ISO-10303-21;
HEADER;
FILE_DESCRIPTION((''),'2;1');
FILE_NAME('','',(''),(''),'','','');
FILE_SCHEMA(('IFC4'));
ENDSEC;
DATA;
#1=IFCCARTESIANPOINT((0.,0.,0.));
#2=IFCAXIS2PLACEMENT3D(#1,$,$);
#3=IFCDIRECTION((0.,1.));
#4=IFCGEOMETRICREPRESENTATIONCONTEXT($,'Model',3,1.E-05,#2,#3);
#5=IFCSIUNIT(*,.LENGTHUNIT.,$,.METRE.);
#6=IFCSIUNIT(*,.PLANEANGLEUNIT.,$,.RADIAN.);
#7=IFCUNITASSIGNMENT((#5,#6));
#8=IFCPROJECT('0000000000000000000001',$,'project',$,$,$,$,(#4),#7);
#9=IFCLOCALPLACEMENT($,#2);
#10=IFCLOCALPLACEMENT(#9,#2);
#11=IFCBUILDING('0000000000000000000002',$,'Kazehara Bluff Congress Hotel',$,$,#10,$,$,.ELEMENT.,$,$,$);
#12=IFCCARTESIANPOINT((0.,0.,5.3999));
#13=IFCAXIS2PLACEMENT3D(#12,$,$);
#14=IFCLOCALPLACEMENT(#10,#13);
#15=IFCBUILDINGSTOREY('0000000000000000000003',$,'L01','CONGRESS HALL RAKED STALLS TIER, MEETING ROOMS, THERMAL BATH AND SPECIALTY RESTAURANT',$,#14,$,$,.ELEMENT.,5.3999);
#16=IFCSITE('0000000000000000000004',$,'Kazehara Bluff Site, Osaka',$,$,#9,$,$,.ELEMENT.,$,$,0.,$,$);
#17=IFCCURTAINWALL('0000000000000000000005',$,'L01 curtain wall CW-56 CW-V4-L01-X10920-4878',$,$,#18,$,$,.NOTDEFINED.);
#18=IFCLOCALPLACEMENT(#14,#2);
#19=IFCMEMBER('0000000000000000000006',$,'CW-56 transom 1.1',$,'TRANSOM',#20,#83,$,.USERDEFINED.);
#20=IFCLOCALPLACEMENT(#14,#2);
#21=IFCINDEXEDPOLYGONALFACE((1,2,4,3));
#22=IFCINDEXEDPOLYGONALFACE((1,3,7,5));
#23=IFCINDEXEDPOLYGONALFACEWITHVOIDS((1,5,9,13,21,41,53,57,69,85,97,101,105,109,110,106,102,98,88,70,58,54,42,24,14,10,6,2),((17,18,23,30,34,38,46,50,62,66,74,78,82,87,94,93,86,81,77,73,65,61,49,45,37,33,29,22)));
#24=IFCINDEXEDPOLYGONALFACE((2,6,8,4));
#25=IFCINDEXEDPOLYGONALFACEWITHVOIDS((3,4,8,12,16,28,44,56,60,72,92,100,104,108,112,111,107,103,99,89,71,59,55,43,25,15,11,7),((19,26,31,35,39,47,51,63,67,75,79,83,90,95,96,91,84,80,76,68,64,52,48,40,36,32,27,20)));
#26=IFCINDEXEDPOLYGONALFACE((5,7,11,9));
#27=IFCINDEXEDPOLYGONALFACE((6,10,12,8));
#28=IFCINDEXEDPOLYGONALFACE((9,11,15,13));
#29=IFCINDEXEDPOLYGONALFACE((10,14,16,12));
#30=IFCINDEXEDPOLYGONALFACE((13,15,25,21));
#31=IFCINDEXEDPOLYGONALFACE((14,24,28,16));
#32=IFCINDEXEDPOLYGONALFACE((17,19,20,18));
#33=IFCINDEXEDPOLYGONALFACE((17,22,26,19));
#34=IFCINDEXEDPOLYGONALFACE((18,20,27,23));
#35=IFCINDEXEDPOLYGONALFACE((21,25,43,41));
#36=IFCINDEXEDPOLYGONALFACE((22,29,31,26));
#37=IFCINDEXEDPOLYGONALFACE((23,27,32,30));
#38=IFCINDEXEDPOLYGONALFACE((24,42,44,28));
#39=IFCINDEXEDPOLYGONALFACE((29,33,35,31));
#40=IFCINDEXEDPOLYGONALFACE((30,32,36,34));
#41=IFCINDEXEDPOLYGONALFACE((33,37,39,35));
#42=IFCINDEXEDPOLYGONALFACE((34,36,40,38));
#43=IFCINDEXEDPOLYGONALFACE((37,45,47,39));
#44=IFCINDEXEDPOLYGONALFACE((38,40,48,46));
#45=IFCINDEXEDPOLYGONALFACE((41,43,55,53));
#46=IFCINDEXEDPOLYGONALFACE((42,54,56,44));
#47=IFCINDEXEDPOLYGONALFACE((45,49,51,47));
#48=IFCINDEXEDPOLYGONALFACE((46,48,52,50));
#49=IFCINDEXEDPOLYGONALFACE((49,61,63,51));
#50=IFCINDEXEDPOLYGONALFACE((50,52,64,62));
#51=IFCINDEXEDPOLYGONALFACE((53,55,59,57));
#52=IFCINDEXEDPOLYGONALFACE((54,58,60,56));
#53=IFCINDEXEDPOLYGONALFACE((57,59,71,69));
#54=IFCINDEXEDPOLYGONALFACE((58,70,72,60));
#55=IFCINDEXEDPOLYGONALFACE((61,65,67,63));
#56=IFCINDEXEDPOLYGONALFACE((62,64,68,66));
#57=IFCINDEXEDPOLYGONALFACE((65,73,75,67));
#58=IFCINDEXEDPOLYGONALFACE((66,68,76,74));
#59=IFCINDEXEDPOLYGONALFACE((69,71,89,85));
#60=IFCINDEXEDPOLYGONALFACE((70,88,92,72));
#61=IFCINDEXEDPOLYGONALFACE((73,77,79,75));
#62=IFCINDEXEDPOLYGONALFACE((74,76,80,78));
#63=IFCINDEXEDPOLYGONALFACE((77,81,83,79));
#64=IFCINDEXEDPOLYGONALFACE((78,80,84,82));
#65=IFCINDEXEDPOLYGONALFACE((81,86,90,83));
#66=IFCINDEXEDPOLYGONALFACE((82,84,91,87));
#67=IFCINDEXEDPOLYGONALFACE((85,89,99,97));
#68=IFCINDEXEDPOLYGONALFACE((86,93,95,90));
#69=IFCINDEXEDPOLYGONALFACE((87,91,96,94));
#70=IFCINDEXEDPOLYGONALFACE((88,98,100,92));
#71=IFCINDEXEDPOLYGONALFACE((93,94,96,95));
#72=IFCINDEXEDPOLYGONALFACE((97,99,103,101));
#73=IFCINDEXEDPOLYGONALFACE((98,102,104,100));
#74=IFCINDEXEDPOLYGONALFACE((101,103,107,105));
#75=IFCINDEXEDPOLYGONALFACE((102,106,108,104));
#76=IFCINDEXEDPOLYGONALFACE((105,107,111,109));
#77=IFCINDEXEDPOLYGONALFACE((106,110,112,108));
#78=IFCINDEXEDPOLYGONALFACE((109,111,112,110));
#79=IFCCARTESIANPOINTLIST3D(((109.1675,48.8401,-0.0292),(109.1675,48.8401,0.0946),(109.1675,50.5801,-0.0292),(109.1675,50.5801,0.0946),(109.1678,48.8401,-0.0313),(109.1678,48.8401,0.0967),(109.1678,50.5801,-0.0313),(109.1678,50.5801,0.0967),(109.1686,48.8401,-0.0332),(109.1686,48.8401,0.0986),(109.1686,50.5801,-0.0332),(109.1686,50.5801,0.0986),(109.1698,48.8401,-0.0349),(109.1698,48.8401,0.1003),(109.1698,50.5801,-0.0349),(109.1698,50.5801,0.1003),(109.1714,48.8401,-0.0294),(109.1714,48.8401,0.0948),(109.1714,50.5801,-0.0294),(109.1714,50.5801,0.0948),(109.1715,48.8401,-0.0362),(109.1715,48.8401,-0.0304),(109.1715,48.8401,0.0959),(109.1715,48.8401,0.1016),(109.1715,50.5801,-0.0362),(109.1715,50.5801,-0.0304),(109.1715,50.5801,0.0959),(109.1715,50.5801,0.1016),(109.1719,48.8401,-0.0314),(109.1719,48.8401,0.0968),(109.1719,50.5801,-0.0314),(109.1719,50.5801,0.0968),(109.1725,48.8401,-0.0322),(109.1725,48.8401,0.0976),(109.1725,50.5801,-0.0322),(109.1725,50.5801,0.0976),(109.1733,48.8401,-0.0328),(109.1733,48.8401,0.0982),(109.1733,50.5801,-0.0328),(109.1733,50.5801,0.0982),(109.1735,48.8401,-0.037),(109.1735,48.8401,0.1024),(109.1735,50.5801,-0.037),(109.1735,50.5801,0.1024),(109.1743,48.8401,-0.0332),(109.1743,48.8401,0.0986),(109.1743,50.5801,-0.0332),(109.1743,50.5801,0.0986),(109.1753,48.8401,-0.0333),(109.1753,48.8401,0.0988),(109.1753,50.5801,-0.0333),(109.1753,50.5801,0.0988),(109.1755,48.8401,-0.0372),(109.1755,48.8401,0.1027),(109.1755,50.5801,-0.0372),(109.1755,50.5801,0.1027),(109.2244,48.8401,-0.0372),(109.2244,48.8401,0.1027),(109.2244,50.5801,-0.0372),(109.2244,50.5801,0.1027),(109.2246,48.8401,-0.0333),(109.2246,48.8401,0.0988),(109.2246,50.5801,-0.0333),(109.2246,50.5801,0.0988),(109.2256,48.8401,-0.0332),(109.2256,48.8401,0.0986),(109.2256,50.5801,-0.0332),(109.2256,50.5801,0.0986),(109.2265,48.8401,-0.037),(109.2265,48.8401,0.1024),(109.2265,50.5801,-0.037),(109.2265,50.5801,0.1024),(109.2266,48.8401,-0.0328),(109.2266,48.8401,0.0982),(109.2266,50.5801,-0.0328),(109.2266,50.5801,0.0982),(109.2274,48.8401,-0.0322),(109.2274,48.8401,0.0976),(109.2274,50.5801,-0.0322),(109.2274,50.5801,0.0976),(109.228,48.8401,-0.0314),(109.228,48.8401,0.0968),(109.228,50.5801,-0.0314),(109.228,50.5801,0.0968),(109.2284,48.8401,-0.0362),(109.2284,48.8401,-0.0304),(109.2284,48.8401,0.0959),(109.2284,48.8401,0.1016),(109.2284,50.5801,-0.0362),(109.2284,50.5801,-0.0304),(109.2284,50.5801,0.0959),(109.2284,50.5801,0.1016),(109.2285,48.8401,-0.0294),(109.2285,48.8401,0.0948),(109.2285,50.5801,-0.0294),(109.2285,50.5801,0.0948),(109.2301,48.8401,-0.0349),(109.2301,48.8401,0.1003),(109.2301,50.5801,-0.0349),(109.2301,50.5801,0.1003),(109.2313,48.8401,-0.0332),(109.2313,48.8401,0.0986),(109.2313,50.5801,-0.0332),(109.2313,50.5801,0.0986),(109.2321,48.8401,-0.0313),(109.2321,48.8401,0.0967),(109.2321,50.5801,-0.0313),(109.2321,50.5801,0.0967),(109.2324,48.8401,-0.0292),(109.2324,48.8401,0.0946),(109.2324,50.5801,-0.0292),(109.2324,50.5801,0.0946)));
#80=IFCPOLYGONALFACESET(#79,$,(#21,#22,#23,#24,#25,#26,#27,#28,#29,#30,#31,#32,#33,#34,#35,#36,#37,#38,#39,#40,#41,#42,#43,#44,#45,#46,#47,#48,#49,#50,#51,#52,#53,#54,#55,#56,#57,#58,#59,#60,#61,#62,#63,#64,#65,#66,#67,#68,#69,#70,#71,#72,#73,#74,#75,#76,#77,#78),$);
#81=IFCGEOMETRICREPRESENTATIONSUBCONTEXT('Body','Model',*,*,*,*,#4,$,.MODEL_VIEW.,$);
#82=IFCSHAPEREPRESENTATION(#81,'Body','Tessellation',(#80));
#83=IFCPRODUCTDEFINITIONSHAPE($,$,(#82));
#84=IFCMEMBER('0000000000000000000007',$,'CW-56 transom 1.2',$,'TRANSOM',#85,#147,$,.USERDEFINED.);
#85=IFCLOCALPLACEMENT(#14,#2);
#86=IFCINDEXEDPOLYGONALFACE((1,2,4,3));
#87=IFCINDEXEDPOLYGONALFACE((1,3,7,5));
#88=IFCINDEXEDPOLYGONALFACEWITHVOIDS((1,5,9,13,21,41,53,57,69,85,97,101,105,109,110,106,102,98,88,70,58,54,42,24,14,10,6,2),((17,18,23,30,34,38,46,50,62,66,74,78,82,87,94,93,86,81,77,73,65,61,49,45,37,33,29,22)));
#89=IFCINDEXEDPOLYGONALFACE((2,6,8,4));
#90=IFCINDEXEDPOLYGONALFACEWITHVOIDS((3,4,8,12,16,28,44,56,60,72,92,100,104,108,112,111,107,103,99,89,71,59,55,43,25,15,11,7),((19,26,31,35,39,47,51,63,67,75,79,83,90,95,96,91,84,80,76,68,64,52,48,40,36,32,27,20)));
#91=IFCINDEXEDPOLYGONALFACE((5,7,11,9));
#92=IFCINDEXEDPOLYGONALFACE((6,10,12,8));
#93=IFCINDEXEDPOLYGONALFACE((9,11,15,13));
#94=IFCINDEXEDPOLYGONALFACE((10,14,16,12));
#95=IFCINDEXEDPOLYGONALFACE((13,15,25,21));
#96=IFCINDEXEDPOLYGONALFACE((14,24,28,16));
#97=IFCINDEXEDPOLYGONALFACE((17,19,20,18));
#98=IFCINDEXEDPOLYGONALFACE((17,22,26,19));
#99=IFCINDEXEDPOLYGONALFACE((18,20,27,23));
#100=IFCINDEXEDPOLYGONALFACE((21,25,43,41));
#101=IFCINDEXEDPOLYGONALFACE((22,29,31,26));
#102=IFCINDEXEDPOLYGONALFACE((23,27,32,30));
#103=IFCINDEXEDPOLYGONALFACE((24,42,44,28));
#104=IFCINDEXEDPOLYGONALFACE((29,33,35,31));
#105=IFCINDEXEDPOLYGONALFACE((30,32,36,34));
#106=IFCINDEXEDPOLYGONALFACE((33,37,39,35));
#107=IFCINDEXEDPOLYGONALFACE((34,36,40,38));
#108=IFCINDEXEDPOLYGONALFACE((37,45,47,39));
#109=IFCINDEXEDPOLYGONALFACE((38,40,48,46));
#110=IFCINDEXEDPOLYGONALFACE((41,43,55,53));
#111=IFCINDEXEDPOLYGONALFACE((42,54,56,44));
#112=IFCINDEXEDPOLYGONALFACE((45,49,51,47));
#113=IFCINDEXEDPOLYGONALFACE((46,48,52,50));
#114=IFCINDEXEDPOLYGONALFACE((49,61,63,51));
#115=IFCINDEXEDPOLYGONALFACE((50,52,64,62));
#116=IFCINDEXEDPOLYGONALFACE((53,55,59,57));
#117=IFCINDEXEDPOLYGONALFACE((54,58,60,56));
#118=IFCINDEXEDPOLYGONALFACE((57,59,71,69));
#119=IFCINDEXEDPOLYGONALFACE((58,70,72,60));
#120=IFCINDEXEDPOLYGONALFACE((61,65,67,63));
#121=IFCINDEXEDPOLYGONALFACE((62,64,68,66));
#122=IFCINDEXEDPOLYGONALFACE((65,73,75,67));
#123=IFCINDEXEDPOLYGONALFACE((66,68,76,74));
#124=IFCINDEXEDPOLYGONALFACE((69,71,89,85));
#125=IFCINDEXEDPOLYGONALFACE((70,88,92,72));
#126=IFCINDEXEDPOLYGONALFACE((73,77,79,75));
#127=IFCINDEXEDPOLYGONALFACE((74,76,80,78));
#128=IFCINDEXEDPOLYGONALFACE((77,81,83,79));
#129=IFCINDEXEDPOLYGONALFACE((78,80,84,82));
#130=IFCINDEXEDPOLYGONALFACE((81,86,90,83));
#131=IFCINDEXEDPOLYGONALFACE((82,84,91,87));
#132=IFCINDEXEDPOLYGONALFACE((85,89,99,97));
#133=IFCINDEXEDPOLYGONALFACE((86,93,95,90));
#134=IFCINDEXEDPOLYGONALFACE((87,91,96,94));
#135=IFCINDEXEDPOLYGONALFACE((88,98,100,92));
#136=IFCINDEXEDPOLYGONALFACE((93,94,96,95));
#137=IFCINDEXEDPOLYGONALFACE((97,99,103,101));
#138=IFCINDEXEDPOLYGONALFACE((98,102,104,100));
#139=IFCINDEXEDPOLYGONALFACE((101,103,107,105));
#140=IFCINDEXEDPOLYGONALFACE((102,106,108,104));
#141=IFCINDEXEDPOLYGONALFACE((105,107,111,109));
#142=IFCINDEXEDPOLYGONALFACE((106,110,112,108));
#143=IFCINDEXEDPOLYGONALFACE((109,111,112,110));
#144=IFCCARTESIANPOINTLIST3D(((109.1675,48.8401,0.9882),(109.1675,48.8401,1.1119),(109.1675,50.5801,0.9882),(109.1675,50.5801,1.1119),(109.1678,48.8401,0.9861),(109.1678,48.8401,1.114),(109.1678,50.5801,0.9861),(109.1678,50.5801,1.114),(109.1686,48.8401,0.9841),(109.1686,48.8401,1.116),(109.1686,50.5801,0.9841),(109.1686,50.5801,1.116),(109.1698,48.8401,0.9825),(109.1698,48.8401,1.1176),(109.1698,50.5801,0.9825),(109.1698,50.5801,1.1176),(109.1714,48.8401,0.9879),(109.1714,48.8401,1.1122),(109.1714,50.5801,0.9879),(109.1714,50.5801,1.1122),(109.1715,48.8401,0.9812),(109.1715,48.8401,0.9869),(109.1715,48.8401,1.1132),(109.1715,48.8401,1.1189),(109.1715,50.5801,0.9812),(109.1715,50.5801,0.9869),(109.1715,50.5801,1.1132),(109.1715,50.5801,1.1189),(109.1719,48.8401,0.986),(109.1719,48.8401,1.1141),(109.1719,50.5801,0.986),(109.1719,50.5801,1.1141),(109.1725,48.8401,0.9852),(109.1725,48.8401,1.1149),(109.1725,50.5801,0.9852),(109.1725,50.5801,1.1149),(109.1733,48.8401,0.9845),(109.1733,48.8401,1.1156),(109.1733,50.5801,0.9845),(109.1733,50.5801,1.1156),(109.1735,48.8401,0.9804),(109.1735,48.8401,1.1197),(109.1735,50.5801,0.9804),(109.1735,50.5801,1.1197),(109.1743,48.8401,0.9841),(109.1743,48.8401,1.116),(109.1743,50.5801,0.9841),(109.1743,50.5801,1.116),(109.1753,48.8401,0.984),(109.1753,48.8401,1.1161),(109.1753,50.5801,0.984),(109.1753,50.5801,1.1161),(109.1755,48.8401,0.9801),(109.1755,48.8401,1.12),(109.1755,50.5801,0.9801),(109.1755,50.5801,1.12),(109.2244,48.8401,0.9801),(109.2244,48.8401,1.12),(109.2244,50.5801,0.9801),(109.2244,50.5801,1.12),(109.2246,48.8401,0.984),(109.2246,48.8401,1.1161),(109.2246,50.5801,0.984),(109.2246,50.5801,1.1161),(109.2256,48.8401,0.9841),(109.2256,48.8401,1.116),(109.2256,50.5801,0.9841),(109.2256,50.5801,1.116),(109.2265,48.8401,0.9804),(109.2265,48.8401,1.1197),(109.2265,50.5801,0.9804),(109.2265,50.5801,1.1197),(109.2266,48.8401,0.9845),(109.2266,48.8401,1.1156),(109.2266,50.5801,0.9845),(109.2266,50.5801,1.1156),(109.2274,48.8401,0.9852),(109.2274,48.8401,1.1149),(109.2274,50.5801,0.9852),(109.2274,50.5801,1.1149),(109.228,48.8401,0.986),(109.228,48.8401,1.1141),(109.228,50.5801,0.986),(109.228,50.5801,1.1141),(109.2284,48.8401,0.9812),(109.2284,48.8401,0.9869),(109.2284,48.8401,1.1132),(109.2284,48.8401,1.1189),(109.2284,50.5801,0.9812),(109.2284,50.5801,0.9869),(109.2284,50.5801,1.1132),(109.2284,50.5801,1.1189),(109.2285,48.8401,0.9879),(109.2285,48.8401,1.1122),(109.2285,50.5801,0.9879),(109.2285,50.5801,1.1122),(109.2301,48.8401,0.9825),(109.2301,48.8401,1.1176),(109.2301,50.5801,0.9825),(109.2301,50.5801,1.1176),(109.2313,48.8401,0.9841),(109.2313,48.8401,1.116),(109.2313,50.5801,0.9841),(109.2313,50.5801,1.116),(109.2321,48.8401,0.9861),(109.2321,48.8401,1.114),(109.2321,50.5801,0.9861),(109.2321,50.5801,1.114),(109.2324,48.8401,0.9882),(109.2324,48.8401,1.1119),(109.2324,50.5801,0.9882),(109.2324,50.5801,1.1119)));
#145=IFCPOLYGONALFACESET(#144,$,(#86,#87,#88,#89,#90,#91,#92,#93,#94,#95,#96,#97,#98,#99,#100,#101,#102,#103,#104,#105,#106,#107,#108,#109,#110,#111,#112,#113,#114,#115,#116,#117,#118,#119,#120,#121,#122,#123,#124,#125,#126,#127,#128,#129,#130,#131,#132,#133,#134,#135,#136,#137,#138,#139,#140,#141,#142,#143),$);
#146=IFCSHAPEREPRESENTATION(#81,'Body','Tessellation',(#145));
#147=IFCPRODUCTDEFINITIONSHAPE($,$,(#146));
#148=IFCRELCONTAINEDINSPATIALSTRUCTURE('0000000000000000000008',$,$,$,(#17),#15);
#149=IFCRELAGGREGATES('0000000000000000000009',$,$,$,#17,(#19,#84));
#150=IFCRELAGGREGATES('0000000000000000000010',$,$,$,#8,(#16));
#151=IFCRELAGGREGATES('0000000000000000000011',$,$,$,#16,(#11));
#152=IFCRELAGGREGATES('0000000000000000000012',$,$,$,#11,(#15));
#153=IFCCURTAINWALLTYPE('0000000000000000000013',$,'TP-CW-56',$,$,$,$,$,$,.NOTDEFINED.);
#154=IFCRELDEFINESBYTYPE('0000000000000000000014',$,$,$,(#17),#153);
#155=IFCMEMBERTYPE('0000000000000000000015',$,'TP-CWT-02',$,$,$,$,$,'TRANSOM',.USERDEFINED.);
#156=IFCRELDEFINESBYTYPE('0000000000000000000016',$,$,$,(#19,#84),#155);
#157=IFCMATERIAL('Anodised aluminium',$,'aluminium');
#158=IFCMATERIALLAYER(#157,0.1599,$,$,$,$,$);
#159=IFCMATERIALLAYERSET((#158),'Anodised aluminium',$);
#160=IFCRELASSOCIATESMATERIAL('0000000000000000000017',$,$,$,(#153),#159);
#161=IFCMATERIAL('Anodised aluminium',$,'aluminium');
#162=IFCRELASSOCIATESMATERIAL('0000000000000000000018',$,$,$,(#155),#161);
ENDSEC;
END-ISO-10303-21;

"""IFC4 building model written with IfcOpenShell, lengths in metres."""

from ifc_helpers import new_model, si_unit, direction, frame, origin, origin_2d, place, context, subcontext, project, spatial, hollow_rectangle, extrude, material, layer, layer_set, material_profile, profile_set, type_object, element, aggregate, save


model = new_model("IFC4")

# Units and contexts
model_context = context("Model", 3, precision=1e-05, world=origin(), true_north=direction((0.0, 1.0)))
body_context = subcontext(model_context, "Body", "Model", "MODEL_VIEW")
ifc_project = project(units=[si_unit("LENGTHUNIT", "METRE"), si_unit("PLANEANGLEUNIT", "RADIAN")], contexts=[model_context])

# Site, building, storey
site_placement = place(None, origin())
site = spatial("IfcSite", under=ifc_project, at=site_placement, Name="Kazehara Bluff Site, Osaka", CompositionType="ELEMENT", RefElevation=0.0)
building_placement = place(site_placement, origin())
building = spatial("IfcBuilding", under=site, at=building_placement, Name="Kazehara Bluff Congress Hotel", CompositionType="ELEMENT")
storey_placement = place(building_placement, frame((0.0, 0.0, 5.3999)))
storey = spatial("IfcBuildingStorey", under=building, at=storey_placement, Name="L01", Description="CONGRESS HALL RAKED STALLS TIER, MEETING ROOMS, THERMAL BATH AND SPECIALTY RESTAURANT", CompositionType="ELEMENT", Elevation=5.3999)

# Curtain wall
ifc_material_1 = material(Name="Anodised aluminium", Category="aluminium")
ifc_layer_1 = layer(ifc_material_1, 0.1599)
ifc_layer_set_1 = layer_set([ifc_layer_1], Name="Anodised aluminium")
curtain_wall_type_1 = type_object("IfcCurtainWallType", Name="TP-CW-56", PredefinedType="NOTDEFINED", material=ifc_layer_set_1)
curtain_wall_1_placement = place(storey_placement, origin())
curtain_wall_1 = element("IfcCurtainWall", 1, at=curtain_wall_1_placement, inside=storey, type_object=curtain_wall_type_1, Name="L01 curtain wall CW-56 CW-V4-L01-X10920-4878", PredefinedType="NOTDEFINED")

# Members
ifc_material_2 = material(Name="Anodised aluminium", Category="aluminium")
ifc_material_profile_1 = material_profile(ifc_material_2, hollow_rectangle(XDim=0.0649, YDim=0.1399, WallThickness=0.0039, InnerFilletRadius=0.0039, OuterFilletRadius=0.0081, at=origin_2d()))
ifc_profile_set_1 = profile_set([ifc_material_profile_1], Name="Anodised aluminium")
member_type_1 = type_object("IfcMemberType", Name="TP-CWT-02", ElementType="TRANSOM", PredefinedType="USERDEFINED", material=ifc_profile_set_1)
member_1_placement = place(storey_placement, frame((109.2, 48.8401, 0.0327), z_axis=(0.0, 1.0, 0.0), x_axis=(-1.0, 0.0, 0.0)))
member_1 = element("IfcMember", 2, at=member_1_placement, type_object=member_type_1, Name="CW-56 transom 1.1", ObjectType="TRANSOM", PredefinedType="USERDEFINED", context=body_context, shape_type="SweptSolid", body=[
    extrude(hollow_rectangle(XDim=0.0649, YDim=0.1399, WallThickness=0.0039, InnerFilletRadius=0.0039, OuterFilletRadius=0.0081, at=origin_2d()), origin(), (0.0, 0.0, 1.0), 1.74),
])
member_2_placement = place(storey_placement, frame((109.2, 48.8401, 1.05), z_axis=(0.0, 1.0, 0.0), x_axis=(-1.0, 0.0, 0.0)))
member_2 = element("IfcMember", 3, at=member_2_placement, type_object=member_type_1, Name="CW-56 transom 1.2", ObjectType="TRANSOM", PredefinedType="USERDEFINED", context=body_context, shape_type="SweptSolid", body=[
    extrude(hollow_rectangle(XDim=0.0649, YDim=0.1399, WallThickness=0.0039, InnerFilletRadius=0.0039, OuterFilletRadius=0.0081, at=origin_2d()), origin(), (0.0, 0.0, 1.0), 1.74),
])

aggregate(curtain_wall_1, [member_1, member_2])

save(model, "model.ifc")
